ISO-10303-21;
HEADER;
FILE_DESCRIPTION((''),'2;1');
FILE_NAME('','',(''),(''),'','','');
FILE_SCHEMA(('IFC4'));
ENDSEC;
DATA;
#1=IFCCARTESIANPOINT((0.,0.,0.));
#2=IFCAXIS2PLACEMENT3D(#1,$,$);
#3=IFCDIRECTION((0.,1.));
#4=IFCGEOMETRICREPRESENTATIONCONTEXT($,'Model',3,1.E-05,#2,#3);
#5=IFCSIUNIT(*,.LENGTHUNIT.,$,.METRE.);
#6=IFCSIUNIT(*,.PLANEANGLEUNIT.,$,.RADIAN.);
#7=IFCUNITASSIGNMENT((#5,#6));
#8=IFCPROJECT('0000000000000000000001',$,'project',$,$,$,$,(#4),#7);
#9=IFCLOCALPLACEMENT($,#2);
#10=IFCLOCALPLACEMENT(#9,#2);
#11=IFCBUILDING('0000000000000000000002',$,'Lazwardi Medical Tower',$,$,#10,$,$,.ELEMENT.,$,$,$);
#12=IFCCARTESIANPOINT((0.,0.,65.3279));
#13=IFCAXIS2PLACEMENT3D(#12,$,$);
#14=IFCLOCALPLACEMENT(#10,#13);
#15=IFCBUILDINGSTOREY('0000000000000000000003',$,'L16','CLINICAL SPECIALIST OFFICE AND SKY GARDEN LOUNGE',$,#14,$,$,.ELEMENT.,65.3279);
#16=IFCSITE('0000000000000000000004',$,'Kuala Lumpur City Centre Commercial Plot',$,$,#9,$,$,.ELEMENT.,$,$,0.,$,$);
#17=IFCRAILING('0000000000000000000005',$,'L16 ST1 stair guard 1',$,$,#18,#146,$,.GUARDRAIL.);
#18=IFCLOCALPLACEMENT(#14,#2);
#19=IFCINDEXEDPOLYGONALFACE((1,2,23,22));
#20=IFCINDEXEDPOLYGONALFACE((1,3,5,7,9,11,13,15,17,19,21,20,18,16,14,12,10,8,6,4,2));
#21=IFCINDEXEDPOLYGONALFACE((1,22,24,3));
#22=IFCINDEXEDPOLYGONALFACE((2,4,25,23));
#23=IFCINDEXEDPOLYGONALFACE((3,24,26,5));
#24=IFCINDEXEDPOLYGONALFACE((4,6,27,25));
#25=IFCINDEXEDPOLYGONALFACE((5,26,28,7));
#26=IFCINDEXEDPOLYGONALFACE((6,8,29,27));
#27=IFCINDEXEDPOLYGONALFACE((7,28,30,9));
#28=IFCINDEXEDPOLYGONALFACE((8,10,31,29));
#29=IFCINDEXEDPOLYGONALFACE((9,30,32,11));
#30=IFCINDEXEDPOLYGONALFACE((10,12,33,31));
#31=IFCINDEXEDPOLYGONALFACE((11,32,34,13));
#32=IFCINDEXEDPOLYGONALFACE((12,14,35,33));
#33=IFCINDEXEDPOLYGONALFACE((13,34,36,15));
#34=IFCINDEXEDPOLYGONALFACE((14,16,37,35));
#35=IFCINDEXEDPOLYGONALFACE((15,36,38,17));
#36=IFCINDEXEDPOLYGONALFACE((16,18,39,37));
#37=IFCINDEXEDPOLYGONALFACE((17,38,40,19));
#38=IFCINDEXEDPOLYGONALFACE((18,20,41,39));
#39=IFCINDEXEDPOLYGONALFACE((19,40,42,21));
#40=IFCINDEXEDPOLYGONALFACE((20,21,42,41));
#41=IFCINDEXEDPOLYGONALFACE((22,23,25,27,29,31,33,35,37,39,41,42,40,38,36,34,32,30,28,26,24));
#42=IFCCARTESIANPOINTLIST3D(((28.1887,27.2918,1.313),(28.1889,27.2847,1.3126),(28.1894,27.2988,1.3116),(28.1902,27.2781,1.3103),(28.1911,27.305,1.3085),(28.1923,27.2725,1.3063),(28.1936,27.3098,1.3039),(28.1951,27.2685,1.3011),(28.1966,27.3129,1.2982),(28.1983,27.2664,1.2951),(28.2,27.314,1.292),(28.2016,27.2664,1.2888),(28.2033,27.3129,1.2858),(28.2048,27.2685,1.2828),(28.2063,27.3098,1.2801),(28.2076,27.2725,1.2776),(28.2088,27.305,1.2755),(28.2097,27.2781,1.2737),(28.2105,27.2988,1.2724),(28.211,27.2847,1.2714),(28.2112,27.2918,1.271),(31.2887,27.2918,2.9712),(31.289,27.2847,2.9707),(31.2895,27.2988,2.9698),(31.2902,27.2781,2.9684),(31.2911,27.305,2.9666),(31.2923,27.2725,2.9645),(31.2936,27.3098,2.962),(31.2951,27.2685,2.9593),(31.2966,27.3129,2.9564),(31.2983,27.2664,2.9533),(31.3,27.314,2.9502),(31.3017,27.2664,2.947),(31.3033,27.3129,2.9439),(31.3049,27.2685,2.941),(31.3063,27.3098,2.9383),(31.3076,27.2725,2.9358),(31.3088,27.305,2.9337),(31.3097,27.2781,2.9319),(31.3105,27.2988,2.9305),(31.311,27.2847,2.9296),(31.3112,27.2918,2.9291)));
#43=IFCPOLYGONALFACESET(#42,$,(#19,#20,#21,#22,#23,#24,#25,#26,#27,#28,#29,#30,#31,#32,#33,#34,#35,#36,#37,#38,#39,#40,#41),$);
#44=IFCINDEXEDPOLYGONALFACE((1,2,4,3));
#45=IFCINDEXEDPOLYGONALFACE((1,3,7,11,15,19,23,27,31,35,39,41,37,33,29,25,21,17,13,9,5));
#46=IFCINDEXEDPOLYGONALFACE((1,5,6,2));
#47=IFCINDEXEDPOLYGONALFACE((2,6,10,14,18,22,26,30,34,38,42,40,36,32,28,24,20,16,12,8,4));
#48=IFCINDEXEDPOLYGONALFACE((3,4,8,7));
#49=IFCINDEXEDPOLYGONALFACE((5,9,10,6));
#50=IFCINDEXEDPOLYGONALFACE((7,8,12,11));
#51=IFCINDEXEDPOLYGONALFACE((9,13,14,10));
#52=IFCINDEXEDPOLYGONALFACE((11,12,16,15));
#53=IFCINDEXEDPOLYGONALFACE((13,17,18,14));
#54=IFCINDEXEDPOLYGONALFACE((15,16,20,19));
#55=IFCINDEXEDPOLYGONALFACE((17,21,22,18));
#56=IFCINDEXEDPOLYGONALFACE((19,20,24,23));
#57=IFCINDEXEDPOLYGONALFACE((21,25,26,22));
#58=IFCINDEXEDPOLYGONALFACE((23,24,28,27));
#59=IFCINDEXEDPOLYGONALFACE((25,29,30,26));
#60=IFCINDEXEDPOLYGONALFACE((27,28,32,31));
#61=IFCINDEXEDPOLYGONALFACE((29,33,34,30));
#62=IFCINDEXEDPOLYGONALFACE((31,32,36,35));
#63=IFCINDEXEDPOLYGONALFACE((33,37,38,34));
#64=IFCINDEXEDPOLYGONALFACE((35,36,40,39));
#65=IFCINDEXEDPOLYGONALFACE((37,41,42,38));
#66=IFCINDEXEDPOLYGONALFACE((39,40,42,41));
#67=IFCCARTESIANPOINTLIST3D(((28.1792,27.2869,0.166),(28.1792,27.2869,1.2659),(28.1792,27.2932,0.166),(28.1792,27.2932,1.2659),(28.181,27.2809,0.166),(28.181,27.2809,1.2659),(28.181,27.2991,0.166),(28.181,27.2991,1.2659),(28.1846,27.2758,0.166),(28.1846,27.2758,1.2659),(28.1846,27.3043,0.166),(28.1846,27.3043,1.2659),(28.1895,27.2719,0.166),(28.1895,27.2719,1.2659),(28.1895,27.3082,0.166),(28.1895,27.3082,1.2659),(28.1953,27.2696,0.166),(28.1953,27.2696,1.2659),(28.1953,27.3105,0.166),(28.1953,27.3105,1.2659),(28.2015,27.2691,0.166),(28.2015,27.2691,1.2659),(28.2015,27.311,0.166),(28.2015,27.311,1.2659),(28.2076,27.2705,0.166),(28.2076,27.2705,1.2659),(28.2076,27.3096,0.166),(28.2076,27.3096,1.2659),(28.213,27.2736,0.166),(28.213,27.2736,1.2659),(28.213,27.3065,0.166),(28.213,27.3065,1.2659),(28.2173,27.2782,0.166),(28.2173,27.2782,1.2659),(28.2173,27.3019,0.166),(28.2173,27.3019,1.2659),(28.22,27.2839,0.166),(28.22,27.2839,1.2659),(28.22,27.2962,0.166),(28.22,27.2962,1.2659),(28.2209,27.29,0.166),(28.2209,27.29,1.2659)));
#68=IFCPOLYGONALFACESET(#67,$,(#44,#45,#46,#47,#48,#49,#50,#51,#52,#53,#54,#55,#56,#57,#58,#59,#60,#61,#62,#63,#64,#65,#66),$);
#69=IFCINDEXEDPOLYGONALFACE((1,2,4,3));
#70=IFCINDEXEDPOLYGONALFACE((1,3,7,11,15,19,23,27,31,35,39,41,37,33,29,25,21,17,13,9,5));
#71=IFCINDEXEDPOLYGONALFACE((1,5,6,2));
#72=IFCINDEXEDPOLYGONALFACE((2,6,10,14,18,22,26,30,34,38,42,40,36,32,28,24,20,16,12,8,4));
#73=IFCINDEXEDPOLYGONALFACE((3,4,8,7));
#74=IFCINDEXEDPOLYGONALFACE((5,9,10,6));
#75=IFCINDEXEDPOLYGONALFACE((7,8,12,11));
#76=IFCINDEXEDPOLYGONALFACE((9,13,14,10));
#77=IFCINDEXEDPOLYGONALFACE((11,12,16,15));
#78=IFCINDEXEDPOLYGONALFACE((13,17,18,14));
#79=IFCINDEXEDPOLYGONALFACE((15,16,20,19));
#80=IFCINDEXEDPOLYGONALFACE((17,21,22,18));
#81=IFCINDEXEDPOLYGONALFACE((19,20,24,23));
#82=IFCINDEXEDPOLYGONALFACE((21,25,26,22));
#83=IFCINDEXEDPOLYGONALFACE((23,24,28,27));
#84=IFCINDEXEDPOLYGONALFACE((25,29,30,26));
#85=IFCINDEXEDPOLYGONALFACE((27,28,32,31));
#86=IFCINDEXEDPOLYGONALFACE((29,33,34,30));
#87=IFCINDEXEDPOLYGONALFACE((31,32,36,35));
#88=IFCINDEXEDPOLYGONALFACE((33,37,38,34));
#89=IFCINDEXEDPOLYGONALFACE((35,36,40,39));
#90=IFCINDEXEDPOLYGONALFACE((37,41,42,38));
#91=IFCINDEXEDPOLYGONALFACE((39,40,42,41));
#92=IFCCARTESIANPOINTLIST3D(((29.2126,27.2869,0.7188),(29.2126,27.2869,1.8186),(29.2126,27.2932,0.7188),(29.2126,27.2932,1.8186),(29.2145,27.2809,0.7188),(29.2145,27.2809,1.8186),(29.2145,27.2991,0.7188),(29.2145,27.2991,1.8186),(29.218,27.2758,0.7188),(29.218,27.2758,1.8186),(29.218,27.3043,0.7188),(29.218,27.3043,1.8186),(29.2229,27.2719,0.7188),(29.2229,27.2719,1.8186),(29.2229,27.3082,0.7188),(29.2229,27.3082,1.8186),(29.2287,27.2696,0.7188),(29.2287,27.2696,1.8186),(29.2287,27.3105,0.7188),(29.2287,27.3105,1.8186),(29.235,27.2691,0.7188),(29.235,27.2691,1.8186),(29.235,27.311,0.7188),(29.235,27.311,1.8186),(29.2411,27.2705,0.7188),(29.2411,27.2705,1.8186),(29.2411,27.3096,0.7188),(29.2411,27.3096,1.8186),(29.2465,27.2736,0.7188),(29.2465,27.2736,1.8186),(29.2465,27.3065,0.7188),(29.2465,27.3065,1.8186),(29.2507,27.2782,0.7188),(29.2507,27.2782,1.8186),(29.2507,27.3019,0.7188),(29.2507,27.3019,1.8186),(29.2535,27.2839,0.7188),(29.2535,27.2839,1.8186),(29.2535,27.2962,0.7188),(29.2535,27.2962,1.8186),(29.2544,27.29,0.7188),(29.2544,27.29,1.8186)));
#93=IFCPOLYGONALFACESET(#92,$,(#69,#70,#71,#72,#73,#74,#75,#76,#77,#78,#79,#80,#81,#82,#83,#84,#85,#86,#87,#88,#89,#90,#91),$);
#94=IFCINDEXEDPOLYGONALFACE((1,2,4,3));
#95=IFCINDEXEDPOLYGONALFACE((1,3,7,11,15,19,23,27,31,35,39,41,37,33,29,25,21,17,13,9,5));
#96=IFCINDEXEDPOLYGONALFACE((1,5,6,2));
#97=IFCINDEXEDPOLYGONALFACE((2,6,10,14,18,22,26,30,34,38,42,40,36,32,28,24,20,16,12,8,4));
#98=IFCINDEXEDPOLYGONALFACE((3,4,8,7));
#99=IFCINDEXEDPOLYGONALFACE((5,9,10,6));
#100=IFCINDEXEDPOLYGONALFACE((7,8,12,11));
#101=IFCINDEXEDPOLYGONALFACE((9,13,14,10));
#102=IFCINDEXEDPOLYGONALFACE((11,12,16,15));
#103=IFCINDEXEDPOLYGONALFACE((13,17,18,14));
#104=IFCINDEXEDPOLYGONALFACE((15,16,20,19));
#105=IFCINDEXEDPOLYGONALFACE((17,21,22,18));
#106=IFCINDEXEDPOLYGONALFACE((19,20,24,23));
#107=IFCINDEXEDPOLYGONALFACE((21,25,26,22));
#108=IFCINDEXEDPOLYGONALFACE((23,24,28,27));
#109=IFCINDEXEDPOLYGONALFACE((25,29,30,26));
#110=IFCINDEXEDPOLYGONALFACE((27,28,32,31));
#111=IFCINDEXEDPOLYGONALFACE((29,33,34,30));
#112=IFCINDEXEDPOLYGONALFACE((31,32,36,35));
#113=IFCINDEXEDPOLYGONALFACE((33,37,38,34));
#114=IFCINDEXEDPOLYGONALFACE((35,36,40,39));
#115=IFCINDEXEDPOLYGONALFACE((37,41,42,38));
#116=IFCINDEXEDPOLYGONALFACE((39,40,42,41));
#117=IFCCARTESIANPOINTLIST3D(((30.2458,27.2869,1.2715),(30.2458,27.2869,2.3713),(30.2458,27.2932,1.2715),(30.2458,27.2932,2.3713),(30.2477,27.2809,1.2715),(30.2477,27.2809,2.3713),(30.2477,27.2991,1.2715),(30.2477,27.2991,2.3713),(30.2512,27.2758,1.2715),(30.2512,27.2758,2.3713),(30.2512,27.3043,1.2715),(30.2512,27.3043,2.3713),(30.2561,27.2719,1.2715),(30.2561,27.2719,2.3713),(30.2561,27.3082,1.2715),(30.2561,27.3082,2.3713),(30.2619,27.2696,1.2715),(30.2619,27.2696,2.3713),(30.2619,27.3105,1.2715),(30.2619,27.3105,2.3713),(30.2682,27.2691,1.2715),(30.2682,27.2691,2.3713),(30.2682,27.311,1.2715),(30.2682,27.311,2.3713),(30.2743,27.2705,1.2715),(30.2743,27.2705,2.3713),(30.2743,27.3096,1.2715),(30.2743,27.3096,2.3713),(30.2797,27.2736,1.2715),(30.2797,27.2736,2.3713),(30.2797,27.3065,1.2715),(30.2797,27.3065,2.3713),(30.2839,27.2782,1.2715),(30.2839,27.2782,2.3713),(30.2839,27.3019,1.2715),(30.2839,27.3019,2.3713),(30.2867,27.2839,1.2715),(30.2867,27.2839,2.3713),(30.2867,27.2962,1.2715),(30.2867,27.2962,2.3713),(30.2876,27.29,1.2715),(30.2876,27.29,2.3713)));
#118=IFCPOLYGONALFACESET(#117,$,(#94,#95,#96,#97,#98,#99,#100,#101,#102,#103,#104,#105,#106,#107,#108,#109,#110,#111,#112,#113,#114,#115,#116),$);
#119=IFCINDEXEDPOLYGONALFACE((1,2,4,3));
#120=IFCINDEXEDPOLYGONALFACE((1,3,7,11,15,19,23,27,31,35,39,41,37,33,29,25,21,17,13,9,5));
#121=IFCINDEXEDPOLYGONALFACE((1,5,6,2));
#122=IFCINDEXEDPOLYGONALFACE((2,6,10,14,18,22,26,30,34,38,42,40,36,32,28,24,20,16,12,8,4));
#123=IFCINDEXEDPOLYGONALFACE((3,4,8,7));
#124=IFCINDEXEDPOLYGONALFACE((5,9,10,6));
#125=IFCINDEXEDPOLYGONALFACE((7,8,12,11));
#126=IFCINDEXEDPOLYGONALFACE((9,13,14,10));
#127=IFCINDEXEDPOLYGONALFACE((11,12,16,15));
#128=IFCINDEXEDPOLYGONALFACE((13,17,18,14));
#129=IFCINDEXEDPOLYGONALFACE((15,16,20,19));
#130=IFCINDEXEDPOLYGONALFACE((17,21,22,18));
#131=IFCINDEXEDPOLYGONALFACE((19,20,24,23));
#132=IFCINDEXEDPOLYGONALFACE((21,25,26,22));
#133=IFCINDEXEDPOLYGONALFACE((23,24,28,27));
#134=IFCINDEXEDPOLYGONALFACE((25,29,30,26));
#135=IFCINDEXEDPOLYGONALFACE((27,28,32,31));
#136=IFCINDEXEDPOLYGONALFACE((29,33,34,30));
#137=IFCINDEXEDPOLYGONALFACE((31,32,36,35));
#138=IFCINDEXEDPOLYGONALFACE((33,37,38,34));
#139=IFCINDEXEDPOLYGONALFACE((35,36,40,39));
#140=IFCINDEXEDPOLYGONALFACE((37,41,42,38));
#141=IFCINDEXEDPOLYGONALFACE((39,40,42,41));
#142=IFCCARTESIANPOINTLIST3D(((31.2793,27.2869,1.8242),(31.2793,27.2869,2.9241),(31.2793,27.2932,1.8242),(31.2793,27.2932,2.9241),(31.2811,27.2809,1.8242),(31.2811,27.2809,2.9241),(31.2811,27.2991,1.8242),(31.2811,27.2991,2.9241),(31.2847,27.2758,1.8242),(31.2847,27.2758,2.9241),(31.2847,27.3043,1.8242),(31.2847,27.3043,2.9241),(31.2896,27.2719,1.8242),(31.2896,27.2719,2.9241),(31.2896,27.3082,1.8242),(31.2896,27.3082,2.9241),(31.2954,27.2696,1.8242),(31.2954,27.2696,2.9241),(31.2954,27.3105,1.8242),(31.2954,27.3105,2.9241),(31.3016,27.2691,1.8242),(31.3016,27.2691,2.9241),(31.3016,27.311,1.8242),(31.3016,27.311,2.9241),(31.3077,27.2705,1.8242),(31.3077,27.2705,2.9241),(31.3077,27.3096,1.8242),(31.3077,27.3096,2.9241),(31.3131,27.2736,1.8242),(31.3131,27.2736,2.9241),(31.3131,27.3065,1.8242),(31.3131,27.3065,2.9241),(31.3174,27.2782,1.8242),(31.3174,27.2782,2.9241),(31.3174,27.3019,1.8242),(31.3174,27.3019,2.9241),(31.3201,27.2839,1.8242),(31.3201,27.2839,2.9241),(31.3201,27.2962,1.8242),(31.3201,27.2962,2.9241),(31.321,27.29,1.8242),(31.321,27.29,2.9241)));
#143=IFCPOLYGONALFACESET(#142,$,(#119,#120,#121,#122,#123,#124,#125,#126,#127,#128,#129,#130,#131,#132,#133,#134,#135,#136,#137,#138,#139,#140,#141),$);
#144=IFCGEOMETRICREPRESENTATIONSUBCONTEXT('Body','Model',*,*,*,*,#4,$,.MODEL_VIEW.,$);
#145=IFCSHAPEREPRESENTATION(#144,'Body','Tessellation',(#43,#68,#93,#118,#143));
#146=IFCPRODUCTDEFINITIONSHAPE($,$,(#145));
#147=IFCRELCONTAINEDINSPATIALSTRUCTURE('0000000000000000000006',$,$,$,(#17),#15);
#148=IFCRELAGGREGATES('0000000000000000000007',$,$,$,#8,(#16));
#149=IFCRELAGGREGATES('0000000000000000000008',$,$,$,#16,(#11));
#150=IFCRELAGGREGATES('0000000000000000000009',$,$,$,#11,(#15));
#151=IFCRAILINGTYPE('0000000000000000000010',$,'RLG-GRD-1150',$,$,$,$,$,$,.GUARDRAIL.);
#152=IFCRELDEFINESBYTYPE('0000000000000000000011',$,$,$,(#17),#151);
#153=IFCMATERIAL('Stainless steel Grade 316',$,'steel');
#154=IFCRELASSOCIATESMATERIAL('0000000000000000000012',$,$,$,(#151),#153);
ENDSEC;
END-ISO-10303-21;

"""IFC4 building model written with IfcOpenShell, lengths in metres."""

from ifc_helpers import new_model, si_unit, direction, frame, origin, origin_2d, place, context, subcontext, project, spatial, circle, extrude, material, type_object, element, save


model = new_model("IFC4")

# Units and contexts
model_context = context("Model", 3, precision=1e-05, world=origin(), true_north=direction((0.0, 1.0)))
body_context = subcontext(model_context, "Body", "Model", "MODEL_VIEW")
ifc_project = project(units=[si_unit("LENGTHUNIT", "METRE"), si_unit("PLANEANGLEUNIT", "RADIAN")], contexts=[model_context])

# Site, building, storey
site_placement = place(None, origin())
site = spatial("IfcSite", under=ifc_project, at=site_placement, Name="Kuala Lumpur City Centre Commercial Plot", CompositionType="ELEMENT", RefElevation=0.0)
building_placement = place(site_placement, origin())
building = spatial("IfcBuilding", under=site, at=building_placement, Name="Lazwardi Medical Tower", CompositionType="ELEMENT")
storey_placement = place(building_placement, frame((0.0, 0.0, 65.3279)))
storey = spatial("IfcBuildingStorey", under=building, at=storey_placement, Name="L16", Description="CLINICAL SPECIALIST OFFICE AND SKY GARDEN LOUNGE", CompositionType="ELEMENT", Elevation=65.3279)

# Railing
ifc_material_1 = material(Name="Stainless steel Grade 316", Category="steel")
railing_type_1 = type_object("IfcRailingType", Name="RLG-GRD-1150", PredefinedType="GUARDRAIL", material=ifc_material_1)
railing_1_placement = place(storey_placement, frame((28.2, 27.29, 0.166)))
element("IfcRailing", 1, at=railing_1_placement, inside=storey, type_object=railing_type_1, Name="L16 ST1 stair guard 1", PredefinedType="GUARDRAIL", context=body_context, shape_type="SweptSolid", body=[
    extrude(circle(Radius=0.0239, at=origin_2d()), frame((0.0, 0.0, 1.126), z_axis=(0.881783, 0.0, 0.471655), x_axis=(0.0, 1.0, 0.0)), (0.0, 0.0, 1.0), 3.5156),
    extrude(circle(Radius=0.021, at=origin_2d()), origin(), (0.0, 0.0, 1.0), 1.0999),
    extrude(circle(Radius=0.021, at=origin_2d()), frame((1.0334, 0.0, 0.5527)), (0.0, 0.0, 1.0), 1.0999),
    extrude(circle(Radius=0.021, at=origin_2d()), frame((2.0667, 0.0, 1.1055)), (0.0, 0.0, 1.0), 1.0999),
    extrude(circle(Radius=0.021, at=origin_2d()), frame((3.1001, 0.0, 1.6582)), (0.0, 0.0, 1.0), 1.0999),
])

save(model, "model.ifc")
